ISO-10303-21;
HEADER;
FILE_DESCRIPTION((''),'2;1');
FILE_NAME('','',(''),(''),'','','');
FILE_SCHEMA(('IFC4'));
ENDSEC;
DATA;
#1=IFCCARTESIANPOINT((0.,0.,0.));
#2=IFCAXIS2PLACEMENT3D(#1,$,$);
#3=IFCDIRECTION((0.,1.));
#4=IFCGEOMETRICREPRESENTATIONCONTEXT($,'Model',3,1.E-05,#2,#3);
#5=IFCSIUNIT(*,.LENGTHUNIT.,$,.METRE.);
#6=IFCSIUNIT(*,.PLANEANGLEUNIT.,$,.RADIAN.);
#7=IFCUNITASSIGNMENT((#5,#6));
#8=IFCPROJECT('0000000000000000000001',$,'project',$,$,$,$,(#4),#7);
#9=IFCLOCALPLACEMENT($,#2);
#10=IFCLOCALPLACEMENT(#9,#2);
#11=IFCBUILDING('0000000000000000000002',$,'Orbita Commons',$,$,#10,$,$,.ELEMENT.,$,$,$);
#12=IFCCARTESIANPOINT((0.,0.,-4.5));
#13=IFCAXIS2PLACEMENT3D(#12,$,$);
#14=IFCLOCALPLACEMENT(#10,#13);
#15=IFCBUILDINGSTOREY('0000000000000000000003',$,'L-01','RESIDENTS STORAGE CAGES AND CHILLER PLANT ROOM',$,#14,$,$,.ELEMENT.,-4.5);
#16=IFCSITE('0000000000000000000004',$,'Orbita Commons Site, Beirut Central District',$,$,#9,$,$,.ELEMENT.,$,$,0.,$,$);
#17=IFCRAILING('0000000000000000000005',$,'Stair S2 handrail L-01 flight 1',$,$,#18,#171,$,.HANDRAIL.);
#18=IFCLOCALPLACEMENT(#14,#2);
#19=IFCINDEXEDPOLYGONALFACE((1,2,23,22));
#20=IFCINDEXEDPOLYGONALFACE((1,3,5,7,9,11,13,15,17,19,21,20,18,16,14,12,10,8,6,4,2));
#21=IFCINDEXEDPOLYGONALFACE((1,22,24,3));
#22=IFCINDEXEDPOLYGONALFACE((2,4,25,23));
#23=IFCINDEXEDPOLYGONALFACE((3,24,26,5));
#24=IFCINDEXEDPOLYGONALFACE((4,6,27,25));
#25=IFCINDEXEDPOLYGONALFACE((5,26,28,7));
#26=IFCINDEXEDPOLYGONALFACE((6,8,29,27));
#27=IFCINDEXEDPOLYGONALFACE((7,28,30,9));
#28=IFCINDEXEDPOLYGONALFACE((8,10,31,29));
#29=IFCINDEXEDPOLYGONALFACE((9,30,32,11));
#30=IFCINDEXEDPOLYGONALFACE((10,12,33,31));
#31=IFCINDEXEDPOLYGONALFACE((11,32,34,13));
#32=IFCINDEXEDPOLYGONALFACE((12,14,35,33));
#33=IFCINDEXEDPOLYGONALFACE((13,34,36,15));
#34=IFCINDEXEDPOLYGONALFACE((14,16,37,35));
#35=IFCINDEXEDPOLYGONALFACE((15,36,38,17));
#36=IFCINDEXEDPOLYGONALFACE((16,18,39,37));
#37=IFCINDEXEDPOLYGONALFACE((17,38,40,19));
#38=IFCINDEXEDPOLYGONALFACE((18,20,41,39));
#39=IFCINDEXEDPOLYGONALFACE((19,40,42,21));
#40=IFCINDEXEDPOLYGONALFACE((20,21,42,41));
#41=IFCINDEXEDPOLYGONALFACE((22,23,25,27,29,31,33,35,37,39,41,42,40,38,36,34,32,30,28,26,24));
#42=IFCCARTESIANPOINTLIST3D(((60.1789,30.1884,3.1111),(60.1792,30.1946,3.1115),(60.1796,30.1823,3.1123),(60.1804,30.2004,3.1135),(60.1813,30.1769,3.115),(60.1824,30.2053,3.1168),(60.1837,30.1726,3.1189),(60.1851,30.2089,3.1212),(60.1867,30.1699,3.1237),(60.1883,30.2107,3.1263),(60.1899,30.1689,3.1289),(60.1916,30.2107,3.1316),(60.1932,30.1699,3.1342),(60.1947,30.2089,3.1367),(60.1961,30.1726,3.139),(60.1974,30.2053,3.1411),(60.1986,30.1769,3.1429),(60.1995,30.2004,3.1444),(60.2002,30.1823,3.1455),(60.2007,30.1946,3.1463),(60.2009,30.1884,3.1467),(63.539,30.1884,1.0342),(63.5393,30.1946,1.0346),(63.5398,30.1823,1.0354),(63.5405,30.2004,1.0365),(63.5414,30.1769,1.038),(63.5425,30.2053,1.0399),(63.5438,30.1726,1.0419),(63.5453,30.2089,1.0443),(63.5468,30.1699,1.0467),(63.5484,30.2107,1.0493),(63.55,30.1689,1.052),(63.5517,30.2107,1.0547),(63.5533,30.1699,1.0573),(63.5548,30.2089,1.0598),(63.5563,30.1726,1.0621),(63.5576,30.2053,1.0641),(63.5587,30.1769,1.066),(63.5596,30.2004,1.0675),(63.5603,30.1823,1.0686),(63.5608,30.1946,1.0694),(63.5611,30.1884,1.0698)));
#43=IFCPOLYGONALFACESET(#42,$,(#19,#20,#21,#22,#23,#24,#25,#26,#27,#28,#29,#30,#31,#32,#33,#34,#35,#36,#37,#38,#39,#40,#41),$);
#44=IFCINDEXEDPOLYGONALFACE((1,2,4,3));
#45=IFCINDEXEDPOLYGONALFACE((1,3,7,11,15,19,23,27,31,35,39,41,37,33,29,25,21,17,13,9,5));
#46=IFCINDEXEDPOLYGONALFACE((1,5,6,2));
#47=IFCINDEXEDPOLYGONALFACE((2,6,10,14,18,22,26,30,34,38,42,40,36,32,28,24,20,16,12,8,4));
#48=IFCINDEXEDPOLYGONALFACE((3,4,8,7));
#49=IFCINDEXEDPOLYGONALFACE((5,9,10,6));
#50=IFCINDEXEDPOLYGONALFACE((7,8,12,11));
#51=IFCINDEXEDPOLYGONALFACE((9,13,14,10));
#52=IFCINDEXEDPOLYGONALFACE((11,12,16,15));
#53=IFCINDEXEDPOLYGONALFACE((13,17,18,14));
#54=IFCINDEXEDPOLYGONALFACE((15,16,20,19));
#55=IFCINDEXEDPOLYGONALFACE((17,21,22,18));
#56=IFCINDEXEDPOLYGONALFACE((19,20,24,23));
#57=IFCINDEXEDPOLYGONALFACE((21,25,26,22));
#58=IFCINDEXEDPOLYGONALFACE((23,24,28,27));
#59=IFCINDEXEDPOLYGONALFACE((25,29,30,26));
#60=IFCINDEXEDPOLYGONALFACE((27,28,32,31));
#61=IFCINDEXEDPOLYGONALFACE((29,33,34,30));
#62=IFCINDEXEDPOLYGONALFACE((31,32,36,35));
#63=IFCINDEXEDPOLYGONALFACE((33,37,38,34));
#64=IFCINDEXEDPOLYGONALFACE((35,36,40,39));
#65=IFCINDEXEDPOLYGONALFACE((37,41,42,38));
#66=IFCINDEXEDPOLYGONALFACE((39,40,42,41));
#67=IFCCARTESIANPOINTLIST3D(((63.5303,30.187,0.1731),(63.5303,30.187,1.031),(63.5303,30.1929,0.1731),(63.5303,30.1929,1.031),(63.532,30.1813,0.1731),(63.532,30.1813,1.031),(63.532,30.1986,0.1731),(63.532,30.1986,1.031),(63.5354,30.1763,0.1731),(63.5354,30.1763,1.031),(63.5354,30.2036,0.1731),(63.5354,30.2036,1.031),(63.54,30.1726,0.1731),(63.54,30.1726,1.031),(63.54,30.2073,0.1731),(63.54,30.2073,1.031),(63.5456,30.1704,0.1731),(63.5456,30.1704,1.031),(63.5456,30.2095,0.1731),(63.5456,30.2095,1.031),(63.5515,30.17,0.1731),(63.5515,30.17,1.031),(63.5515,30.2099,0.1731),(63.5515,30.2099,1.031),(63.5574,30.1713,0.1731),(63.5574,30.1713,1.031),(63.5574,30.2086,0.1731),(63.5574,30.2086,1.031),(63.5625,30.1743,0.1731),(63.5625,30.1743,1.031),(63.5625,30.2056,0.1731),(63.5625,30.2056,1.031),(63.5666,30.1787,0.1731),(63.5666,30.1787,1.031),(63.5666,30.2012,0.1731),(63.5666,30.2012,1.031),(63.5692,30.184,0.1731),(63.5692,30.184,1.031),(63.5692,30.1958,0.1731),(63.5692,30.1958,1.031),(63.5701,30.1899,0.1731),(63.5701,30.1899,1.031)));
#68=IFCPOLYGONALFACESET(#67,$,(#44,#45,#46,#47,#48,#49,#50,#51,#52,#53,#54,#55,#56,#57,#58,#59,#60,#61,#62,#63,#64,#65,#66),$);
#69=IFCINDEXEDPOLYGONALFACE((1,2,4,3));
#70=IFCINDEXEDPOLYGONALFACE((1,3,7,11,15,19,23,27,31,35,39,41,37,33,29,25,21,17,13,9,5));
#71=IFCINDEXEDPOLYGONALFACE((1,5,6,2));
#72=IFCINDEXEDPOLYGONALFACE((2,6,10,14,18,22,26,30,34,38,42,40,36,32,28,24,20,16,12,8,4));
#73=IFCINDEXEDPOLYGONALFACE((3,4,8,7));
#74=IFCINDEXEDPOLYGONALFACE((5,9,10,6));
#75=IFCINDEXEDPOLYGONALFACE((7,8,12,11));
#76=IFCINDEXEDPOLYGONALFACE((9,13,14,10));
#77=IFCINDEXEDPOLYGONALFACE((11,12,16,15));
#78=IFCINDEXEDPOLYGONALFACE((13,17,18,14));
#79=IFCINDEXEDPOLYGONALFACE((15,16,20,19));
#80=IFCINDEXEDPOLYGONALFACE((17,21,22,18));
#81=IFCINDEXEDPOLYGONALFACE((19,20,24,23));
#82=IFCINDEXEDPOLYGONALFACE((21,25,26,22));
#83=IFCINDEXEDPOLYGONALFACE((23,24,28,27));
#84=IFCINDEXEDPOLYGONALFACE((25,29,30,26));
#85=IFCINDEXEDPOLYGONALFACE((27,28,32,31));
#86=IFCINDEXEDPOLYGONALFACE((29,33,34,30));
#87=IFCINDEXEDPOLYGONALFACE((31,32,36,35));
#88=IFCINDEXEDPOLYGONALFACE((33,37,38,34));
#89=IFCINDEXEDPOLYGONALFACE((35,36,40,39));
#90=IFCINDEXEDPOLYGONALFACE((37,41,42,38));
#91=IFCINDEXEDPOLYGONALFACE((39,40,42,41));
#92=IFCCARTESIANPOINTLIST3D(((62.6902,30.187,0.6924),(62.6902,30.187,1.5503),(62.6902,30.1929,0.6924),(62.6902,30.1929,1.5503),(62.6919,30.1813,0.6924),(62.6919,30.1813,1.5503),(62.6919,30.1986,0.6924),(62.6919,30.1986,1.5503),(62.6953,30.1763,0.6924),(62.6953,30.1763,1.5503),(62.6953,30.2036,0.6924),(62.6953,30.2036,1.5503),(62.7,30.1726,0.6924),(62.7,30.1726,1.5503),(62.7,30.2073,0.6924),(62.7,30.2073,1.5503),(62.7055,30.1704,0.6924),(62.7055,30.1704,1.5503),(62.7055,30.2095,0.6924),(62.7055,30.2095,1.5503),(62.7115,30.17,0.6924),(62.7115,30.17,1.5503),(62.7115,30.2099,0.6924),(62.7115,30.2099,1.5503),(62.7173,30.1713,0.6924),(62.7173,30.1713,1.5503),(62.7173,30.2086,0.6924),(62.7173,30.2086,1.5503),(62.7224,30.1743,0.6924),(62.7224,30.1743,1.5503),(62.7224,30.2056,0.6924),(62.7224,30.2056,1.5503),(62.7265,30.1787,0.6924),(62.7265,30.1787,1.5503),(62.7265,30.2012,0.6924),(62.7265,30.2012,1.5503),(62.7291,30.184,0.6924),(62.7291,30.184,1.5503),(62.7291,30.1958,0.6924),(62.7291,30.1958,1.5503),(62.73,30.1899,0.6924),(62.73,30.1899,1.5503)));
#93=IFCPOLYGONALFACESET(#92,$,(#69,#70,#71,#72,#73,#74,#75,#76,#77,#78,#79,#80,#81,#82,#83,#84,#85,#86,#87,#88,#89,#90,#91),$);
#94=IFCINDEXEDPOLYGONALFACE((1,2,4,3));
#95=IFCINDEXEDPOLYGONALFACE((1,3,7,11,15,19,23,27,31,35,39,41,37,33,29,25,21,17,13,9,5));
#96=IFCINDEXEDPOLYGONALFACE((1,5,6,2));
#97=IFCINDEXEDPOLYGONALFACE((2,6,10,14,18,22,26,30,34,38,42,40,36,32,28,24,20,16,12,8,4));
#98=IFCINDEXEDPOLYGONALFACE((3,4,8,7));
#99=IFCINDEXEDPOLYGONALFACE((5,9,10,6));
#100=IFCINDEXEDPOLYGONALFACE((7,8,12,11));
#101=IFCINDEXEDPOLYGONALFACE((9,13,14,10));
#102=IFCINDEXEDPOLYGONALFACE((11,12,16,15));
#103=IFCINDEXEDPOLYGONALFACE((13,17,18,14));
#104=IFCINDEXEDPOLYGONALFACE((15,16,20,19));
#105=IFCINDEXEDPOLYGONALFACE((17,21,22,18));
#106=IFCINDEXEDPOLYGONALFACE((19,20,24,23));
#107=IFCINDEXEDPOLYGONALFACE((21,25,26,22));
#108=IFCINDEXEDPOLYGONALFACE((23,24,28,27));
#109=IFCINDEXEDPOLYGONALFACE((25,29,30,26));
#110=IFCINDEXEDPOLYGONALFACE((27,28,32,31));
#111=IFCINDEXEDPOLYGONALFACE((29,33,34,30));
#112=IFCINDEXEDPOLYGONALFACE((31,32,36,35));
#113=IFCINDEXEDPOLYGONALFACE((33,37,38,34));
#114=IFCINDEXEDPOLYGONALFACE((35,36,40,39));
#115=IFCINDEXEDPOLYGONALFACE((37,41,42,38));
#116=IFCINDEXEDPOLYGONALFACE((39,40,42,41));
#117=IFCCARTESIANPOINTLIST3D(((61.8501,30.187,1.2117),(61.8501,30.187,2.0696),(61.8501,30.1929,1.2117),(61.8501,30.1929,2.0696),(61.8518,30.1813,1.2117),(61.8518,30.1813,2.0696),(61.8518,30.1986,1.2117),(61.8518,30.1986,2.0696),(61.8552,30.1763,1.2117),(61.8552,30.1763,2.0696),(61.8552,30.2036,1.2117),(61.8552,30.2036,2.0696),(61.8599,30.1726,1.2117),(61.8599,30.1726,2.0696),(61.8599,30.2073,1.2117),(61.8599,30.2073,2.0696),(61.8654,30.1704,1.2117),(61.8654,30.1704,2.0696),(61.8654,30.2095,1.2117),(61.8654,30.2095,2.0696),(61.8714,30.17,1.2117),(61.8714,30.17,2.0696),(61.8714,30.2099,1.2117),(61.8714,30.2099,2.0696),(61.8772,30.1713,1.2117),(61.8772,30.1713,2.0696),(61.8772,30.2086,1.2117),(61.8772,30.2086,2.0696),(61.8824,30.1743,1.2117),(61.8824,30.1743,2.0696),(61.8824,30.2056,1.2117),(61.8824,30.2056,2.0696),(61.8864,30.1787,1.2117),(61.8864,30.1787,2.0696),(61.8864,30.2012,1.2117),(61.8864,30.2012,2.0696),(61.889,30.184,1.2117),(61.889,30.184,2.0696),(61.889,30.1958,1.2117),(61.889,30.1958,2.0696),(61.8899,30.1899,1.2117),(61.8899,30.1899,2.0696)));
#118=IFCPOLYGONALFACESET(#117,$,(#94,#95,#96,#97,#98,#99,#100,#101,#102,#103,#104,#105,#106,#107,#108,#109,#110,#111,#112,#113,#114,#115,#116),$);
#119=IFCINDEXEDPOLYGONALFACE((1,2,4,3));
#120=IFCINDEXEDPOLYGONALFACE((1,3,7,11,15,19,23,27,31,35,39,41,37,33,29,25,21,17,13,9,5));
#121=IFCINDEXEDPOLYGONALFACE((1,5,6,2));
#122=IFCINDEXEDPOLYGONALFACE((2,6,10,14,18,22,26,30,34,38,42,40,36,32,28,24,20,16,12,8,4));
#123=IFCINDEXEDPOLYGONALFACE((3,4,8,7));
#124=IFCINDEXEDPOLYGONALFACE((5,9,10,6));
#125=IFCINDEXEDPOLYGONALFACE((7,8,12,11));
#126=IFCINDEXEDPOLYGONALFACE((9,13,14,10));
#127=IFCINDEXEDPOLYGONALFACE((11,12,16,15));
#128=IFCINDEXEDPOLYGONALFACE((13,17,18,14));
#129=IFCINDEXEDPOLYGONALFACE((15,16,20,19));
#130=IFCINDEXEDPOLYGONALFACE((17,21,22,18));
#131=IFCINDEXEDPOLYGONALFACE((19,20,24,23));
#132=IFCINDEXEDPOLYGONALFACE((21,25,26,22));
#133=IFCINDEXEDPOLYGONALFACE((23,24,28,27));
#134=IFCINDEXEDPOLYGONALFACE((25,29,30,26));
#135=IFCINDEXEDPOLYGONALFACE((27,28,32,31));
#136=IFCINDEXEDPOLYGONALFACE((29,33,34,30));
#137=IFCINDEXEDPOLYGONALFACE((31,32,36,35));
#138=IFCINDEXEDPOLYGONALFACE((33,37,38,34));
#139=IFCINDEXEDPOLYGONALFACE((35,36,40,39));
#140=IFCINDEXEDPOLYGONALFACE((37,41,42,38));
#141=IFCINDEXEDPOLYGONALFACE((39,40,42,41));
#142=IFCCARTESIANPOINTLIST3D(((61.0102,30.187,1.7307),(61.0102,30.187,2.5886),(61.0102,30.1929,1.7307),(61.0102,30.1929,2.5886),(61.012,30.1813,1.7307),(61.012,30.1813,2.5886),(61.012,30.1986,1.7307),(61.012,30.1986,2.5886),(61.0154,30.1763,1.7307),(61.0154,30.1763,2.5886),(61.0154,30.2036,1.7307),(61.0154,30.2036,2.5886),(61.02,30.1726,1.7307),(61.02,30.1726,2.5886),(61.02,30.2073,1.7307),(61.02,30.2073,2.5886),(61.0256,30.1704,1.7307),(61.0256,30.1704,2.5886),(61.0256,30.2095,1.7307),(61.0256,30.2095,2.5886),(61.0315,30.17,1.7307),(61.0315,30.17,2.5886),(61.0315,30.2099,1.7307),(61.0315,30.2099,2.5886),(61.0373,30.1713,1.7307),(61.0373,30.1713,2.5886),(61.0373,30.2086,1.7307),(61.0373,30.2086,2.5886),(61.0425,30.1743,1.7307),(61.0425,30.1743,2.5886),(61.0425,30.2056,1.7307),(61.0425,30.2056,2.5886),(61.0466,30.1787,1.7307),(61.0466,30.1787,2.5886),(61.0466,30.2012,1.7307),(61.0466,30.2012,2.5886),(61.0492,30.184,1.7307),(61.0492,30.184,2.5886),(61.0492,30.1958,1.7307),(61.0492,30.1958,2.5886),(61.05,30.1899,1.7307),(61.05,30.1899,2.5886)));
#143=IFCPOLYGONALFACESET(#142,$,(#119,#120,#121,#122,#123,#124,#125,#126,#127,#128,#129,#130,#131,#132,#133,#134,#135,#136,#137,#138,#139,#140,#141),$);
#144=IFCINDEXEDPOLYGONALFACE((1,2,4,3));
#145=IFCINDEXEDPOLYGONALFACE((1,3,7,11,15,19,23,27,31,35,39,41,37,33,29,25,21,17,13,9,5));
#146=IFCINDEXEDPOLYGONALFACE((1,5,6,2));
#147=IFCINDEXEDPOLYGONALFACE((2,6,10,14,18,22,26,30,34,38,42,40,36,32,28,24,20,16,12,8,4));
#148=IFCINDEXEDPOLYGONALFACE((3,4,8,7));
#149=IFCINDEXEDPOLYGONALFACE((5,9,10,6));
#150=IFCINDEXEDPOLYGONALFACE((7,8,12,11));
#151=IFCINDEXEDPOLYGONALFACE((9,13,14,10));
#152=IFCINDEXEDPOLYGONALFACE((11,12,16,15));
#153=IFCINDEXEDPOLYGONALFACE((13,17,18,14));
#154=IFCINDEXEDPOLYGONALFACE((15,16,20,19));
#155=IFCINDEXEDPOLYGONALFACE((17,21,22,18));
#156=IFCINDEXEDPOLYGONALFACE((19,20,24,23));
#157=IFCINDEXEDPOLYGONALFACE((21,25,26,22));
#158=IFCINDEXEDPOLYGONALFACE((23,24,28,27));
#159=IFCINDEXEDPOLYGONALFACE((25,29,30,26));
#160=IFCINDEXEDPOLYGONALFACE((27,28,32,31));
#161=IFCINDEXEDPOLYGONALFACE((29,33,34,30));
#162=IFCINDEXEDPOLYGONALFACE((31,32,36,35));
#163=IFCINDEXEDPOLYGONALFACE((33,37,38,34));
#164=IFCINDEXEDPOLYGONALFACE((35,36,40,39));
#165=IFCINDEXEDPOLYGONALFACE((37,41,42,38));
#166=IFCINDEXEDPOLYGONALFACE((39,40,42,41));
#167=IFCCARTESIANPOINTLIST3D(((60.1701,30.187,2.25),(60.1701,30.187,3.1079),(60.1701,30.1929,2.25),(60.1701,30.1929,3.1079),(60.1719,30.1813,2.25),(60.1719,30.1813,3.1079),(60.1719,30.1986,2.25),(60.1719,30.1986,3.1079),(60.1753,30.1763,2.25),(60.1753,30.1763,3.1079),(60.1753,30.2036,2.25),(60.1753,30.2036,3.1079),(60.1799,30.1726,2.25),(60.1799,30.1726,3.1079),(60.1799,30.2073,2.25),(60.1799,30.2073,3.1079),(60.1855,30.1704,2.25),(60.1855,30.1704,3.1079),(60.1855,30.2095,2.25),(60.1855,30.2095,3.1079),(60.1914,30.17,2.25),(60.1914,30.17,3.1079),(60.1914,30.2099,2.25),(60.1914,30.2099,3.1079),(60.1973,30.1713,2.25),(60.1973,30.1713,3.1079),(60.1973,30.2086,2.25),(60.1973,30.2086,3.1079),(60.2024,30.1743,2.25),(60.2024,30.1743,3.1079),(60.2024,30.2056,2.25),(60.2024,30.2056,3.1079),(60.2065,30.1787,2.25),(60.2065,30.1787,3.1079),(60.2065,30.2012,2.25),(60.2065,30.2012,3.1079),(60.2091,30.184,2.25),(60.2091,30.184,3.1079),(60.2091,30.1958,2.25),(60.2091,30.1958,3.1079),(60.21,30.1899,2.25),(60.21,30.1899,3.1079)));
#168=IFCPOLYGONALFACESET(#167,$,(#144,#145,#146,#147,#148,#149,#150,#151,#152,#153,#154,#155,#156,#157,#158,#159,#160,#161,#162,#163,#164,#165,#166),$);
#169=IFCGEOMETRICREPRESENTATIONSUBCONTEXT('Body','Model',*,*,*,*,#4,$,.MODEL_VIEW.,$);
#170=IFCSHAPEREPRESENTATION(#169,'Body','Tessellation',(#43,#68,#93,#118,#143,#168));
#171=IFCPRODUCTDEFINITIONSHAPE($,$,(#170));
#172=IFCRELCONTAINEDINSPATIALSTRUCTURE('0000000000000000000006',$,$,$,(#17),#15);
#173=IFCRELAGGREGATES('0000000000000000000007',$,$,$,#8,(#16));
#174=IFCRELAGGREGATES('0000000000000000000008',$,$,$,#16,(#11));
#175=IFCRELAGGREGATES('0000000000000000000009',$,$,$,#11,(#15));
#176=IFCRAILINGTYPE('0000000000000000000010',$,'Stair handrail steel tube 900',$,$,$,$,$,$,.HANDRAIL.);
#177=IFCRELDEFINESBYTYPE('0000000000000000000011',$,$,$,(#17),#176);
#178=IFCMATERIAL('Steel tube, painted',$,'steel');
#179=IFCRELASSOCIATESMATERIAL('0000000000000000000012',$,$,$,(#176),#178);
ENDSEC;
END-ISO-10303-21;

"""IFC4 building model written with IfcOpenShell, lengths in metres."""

from ifc_helpers import new_model, si_unit, direction, frame, origin, origin_2d, place, context, subcontext, project, spatial, circle, extrude, material, type_object, element, save


model = new_model("IFC4")

# Units and contexts
model_context = context("Model", 3, precision=1e-05, world=origin(), true_north=direction((0.0, 1.0)))
body_context = subcontext(model_context, "Body", "Model", "MODEL_VIEW")
ifc_project = project(units=[si_unit("LENGTHUNIT", "METRE"), si_unit("PLANEANGLEUNIT", "RADIAN")], contexts=[model_context])

# Site, building, storey
site_placement = place(None, origin())
site = spatial("IfcSite", under=ifc_project, at=site_placement, Name="Orbita Commons Site, Beirut Central District", CompositionType="ELEMENT", RefElevation=0.0)
building_placement = place(site_placement, origin())
building = spatial("IfcBuilding", under=site, at=building_placement, Name="Orbita Commons", CompositionType="ELEMENT")
storey_placement = place(building_placement, frame((0.0, 0.0, -4.5)))
storey = spatial("IfcBuildingStorey", under=building, at=storey_placement, Name="L-01", Description="RESIDENTS STORAGE CAGES AND CHILLER PLANT ROOM", CompositionType="ELEMENT", Elevation=-4.5)

# Railing
ifc_material_1 = material(Name="Steel tube, painted", Category="steel")
railing_type = type_object("IfcRailingType", Name="Stair handrail steel tube 900", PredefinedType="HANDRAIL", material=ifc_material_1)
railing_placement = place(storey_placement, frame((63.55, 30.1899, 0.1731)))
element("IfcRailing", 1, at=railing_placement, inside=storey, type_object=railing_type, Name="Stair S2 handrail L-01 flight 1", PredefinedType="HANDRAIL", context=body_context, shape_type="SweptSolid", body=[
    extrude(circle(Radius=0.021, at=origin_2d()), frame((0.0, 0.0, 0.8789), z_axis=(-0.850623, 0.0, 0.525776), x_axis=(0.0, -1.0, 0.0)), (0.0, 0.0, 1.0), 3.9502),
    extrude(circle(Radius=0.02, at=origin_2d()), origin(), (0.0, 0.0, 1.0), 0.8579),
    extrude(circle(Radius=0.02, at=origin_2d()), frame((-0.8401, 0.0, 0.5193)), (0.0, 0.0, 1.0), 0.8579),
    extrude(circle(Radius=0.02, at=origin_2d()), frame((-1.6802, 0.0, 1.0386)), (0.0, 0.0, 1.0), 0.8579),
    extrude(circle(Radius=0.02, at=origin_2d()), frame((-2.52, 0.0, 1.5576)), (0.0, 0.0, 1.0), 0.8579),
    extrude(circle(Radius=0.02, at=origin_2d()), frame((-3.3601, 0.0, 2.0769)), (0.0, 0.0, 1.0), 0.8579),
])

save(model, "model.ifc")
